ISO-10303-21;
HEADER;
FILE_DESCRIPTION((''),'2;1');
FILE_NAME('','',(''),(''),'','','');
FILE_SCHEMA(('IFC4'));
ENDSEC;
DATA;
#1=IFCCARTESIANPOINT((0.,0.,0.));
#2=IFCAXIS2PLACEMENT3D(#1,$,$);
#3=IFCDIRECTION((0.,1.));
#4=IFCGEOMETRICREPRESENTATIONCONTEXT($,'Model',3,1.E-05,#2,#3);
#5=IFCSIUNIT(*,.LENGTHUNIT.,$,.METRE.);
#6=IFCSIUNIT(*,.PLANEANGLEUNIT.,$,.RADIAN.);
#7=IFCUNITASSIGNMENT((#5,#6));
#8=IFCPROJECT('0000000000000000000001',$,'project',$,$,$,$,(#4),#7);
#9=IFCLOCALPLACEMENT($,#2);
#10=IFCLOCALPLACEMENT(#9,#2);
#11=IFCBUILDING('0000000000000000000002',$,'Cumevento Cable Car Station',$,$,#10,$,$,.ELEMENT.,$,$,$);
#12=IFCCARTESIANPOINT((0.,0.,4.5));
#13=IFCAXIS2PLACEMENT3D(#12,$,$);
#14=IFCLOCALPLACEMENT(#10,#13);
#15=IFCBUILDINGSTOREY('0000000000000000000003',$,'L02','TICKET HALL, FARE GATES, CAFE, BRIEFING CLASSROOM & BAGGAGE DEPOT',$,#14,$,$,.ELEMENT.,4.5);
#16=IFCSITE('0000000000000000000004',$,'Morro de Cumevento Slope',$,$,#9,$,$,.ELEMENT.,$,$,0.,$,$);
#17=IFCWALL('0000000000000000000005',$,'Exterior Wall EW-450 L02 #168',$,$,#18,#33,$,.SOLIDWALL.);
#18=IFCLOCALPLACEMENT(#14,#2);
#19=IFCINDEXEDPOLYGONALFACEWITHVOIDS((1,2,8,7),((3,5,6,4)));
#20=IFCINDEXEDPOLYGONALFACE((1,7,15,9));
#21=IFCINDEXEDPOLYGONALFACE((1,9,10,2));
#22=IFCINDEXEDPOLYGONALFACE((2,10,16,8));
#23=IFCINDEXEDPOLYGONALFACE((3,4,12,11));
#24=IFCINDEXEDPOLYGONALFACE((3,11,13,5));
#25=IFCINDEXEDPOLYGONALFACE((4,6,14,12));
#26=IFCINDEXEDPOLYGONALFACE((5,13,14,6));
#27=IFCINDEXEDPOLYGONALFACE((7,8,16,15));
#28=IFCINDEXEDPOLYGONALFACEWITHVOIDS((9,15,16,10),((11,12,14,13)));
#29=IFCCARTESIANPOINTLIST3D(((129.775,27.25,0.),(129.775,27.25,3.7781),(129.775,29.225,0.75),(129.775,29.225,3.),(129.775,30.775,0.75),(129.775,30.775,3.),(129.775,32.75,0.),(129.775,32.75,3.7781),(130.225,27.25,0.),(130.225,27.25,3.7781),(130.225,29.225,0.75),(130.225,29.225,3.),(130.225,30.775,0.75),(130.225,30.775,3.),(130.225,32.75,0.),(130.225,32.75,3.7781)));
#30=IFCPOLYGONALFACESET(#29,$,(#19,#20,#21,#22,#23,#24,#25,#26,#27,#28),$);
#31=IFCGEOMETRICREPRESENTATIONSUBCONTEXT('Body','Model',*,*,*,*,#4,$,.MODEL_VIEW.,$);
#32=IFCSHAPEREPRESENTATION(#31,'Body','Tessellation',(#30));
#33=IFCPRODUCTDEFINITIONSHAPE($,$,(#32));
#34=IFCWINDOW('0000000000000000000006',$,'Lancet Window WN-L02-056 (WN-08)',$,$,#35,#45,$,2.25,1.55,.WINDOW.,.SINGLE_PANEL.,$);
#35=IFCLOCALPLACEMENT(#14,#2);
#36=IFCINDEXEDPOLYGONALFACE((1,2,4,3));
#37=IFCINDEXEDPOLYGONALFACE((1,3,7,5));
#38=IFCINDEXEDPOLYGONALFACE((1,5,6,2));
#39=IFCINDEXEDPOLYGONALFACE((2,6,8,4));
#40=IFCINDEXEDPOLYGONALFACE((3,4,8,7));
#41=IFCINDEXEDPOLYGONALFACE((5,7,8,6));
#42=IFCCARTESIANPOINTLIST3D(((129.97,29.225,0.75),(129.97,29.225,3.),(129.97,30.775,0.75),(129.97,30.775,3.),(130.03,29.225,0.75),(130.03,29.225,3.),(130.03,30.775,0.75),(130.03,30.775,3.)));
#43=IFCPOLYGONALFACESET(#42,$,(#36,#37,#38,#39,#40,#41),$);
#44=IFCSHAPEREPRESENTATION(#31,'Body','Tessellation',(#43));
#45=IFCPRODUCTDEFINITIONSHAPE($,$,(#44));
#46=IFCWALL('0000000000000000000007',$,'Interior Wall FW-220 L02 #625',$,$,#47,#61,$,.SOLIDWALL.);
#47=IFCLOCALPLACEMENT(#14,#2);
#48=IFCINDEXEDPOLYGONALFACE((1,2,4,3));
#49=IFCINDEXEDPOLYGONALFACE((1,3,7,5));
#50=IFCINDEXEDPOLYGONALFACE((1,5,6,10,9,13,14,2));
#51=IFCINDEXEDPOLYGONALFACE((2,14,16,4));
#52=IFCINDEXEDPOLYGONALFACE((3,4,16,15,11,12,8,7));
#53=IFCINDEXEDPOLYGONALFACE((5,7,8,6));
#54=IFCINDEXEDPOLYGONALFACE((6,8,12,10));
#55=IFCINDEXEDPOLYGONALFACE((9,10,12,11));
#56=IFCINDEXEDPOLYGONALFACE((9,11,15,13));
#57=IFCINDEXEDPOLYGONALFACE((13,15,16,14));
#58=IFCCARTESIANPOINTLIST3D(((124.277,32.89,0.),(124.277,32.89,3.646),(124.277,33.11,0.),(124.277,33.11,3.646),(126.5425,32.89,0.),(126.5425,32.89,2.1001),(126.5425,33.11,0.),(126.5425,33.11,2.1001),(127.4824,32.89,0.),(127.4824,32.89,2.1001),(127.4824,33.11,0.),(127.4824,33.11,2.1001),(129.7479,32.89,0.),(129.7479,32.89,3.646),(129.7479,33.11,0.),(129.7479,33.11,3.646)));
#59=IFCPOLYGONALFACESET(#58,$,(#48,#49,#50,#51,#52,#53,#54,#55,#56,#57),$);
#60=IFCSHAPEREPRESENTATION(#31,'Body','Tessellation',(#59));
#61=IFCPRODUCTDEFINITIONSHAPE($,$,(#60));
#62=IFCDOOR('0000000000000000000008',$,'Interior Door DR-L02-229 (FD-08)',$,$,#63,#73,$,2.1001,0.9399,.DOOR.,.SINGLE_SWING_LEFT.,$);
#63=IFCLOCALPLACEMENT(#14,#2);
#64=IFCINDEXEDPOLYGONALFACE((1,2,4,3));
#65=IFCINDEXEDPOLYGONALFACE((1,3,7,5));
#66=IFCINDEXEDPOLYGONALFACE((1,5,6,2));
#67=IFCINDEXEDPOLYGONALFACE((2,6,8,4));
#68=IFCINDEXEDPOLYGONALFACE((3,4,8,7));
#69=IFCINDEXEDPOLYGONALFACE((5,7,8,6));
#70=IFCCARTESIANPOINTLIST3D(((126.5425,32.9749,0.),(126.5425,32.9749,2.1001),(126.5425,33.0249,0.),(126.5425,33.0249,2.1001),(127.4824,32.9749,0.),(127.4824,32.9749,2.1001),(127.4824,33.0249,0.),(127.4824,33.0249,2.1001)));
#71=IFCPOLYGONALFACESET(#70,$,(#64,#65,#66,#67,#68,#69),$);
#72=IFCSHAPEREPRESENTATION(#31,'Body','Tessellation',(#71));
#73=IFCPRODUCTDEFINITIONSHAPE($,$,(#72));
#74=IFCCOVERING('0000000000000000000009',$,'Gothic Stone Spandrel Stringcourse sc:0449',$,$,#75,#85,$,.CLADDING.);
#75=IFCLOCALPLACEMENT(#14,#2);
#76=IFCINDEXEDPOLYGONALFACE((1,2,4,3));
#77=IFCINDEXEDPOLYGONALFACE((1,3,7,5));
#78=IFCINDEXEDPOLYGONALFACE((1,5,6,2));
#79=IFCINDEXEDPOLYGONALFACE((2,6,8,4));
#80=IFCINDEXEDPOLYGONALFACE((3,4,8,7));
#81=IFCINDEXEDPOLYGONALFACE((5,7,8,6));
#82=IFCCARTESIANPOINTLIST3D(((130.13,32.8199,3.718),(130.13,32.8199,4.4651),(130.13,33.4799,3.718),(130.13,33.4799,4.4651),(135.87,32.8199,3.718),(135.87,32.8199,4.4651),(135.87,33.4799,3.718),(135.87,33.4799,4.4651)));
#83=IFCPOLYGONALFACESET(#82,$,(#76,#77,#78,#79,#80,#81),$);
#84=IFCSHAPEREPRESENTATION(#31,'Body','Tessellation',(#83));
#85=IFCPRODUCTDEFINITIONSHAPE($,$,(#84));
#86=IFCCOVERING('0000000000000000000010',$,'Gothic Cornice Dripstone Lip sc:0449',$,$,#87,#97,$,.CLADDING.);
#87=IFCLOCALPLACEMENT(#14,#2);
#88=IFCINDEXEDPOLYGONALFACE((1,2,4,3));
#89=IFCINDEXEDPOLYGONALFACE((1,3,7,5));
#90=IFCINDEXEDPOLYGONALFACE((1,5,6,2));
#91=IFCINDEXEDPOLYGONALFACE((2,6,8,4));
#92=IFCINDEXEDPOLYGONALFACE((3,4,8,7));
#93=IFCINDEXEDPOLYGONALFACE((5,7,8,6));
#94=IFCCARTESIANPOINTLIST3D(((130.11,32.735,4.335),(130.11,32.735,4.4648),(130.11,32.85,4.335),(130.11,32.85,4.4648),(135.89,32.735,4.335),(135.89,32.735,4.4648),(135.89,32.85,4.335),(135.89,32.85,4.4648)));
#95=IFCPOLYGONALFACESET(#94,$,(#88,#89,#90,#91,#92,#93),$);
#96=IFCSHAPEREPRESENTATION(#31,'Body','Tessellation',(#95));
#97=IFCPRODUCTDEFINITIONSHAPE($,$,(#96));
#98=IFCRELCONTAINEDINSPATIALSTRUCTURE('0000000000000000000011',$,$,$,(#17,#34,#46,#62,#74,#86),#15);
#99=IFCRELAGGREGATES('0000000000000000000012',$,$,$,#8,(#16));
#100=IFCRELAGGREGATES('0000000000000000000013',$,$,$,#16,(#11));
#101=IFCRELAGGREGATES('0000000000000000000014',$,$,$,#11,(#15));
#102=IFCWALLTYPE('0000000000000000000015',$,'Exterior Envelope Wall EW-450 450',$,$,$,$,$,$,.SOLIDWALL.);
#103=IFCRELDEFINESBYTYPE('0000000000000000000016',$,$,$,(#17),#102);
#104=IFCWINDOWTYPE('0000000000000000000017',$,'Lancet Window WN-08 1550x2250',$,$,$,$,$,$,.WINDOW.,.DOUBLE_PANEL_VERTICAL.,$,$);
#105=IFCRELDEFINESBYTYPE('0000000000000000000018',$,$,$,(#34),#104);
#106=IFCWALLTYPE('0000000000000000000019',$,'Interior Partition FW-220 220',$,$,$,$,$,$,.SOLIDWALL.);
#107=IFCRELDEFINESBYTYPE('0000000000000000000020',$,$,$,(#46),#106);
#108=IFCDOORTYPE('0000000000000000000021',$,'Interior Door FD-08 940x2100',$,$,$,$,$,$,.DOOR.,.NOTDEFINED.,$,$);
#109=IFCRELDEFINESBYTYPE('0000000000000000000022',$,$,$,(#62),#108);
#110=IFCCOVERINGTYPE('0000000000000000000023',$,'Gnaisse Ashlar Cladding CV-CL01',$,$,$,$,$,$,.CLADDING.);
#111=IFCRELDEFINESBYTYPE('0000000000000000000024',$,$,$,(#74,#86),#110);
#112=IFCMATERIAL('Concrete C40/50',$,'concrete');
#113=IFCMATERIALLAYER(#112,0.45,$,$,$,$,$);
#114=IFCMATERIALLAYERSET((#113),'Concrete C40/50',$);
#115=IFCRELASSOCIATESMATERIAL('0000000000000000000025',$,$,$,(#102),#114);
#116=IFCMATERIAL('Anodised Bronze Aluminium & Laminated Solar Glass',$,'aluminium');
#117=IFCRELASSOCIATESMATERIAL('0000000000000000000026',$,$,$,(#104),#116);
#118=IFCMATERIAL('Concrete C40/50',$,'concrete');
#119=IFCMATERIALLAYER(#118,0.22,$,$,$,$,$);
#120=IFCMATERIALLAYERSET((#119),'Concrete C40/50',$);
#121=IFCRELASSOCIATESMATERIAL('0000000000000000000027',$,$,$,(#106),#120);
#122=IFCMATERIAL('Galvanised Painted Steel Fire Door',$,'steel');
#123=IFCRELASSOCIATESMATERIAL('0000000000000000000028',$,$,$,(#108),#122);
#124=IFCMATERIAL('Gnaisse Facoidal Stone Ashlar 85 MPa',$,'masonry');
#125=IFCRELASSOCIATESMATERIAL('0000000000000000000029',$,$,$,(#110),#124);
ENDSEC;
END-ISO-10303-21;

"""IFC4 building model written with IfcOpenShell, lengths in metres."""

from ifc_helpers import new_model, si_unit, direction, frame, frame_2d, origin, origin_2d, place, context, subcontext, project, spatial, rectangle, extrude, material, layer, layer_set, type_object, element, fill, save


model = new_model("IFC4")

# Units and contexts
model_context = context("Model", 3, precision=1e-05, world=origin(), true_north=direction((0.0, 1.0)))
body_context = subcontext(model_context, "Body", "Model", "MODEL_VIEW")
ifc_project = project(units=[si_unit("LENGTHUNIT", "METRE"), si_unit("PLANEANGLEUNIT", "RADIAN")], contexts=[model_context])

# Site, building, storey
site_placement = place(None, origin())
site = spatial("IfcSite", under=ifc_project, at=site_placement, Name="Morro de Cumevento Slope", CompositionType="ELEMENT", RefElevation=0.0)
building_placement = place(site_placement, origin())
building = spatial("IfcBuilding", under=site, at=building_placement, Name="Cumevento Cable Car Station", CompositionType="ELEMENT")
storey_placement = place(building_placement, frame((0.0, 0.0, 4.5)))
storey = spatial("IfcBuildingStorey", under=building, at=storey_placement, Name="L02", Description="TICKET HALL, FARE GATES, CAFE, BRIEFING CLASSROOM & BAGGAGE DEPOT", CompositionType="ELEMENT", Elevation=4.5)

# Wall, opening, window
ifc_material_1 = material(Name="Concrete C40/50", Category="concrete")
ifc_layer_1 = layer(ifc_material_1, 0.45)
ifc_layer_set_1 = layer_set([ifc_layer_1], Name="Concrete C40/50")
wall_type_1 = type_object("IfcWallType", Name="Exterior Envelope Wall EW-450 450", PredefinedType="SOLIDWALL", material=ifc_layer_set_1)
wall_1_placement = place(storey_placement, frame((130.0, 32.75, 0.0), z_axis=(0.0, 0.0, 1.0), x_axis=(0.0, -1.0, 0.0)))
wall_1 = element("IfcWall", 1, at=wall_1_placement, inside=storey, type_object=wall_type_1, Name="Exterior Wall EW-450 L02 #168", PredefinedType="SOLIDWALL", context=body_context, shape_type="SweptSolid", body=[
    extrude(rectangle(XDim=5.5, YDim=0.45, at=frame_2d((2.75, 0.0))), origin(), (0.0, 0.0, 1.0), 3.7781),
])
opening_1_placement = place(wall_1_placement, frame((1.9751, 0.0, 0.75)))
opening_1 = element("IfcOpeningElement", 2, at=opening_1_placement, cuts=wall_1, PredefinedType="OPENING", context=body_context, shape_type="SweptSolid", body=[
    extrude(rectangle(XDim=1.55, YDim=2.25, at=frame_2d((0.7749, 1.125))), frame((0.0, 0.2351, 0.0), z_axis=(0.0, -1.0, 0.0), x_axis=(1.0, 0.0, 0.0)), (0.0, 0.0, 1.0), 0.47),
])
ifc_material_2 = material(Name="Anodised Bronze Aluminium & Laminated Solar Glass", Category="aluminium")
window_type = type_object("IfcWindowType", Name="Lancet Window WN-08 1550x2250", PartitioningType="DOUBLE_PANEL_VERTICAL", PredefinedType="WINDOW", material=ifc_material_2)
window_placement = place(opening_1_placement, origin())
window = element("IfcWindow", 3, at=window_placement, inside=storey, type_object=window_type, Name="Lancet Window WN-L02-056 (WN-08)", OverallHeight=2.25, OverallWidth=1.55, PartitioningType="SINGLE_PANEL", PredefinedType="WINDOW", context=body_context, shape_type="SweptSolid", body=[
    extrude(rectangle(XDim=1.55, YDim=2.25, at=frame_2d((0.7749, 1.125))), frame((0.0, 0.03, 0.0), z_axis=(0.0, -1.0, 0.0), x_axis=(1.0, 0.0, 0.0)), (0.0, 0.0, 1.0), 0.0601),
])
fill(opening_1, window)

# Wall, opening, door
ifc_material_3 = material(Name="Concrete C40/50", Category="concrete")
ifc_layer_2 = layer(ifc_material_3, 0.22)
ifc_layer_set_2 = layer_set([ifc_layer_2], Name="Concrete C40/50")
wall_type_2 = type_object("IfcWallType", Name="Interior Partition FW-220 220", PredefinedType="SOLIDWALL", material=ifc_layer_set_2)
wall_2_placement = place(storey_placement, frame((124.2771, 33.0, 0.0), z_axis=(0.0, 0.0, 1.0), x_axis=(1.0, 0.0, 0.0)))
wall_2 = element("IfcWall", 4, at=wall_2_placement, inside=storey, type_object=wall_type_2, Name="Interior Wall FW-220 L02 #625", PredefinedType="SOLIDWALL", context=body_context, shape_type="SweptSolid", body=[
    extrude(rectangle(XDim=5.4709, YDim=0.22, at=frame_2d((2.7354, 0.0))), origin(), (0.0, 0.0, 1.0), 3.646),
])
opening_2_placement = place(wall_2_placement, frame((2.2654, 0.0, 0.0)))
opening_2 = element("IfcOpeningElement", 5, at=opening_2_placement, cuts=wall_2, PredefinedType="OPENING", context=body_context, shape_type="SweptSolid", body=[
    extrude(rectangle(XDim=0.9399, YDim=2.1001, at=frame_2d((0.47, 1.05))), frame((0.0, 0.1199, 0.0), z_axis=(0.0, -1.0, 0.0), x_axis=(1.0, 0.0, 0.0)), (0.0, 0.0, 1.0), 0.24),
])
ifc_material_4 = material(Name="Galvanised Painted Steel Fire Door", Category="steel")
door_type = type_object("IfcDoorType", Name="Interior Door FD-08 940x2100", OperationType="NOTDEFINED", PredefinedType="DOOR", material=ifc_material_4)
door_placement = place(opening_2_placement, origin())
door = element("IfcDoor", 6, at=door_placement, inside=storey, type_object=door_type, Name="Interior Door DR-L02-229 (FD-08)", OperationType="SINGLE_SWING_LEFT", OverallHeight=2.1001, OverallWidth=0.9399, PredefinedType="DOOR", context=body_context, shape_type="SweptSolid", body=[
    extrude(rectangle(XDim=0.9399, YDim=2.1001, at=frame_2d((0.47, 1.05))), frame((0.0, 0.0249, 0.0), z_axis=(0.0, -1.0, 0.0), x_axis=(1.0, 0.0, 0.0)), (0.0, 0.0, 1.0), 0.05),
])
fill(opening_2, door)

# Coverings
ifc_material_5 = material(Name="Gnaisse Facoidal Stone Ashlar 85 MPa", Category="masonry")
covering_type = type_object("IfcCoveringType", Name="Gnaisse Ashlar Cladding CV-CL01", PredefinedType="CLADDING", material=ifc_material_5)
covering_1_placement = place(storey_placement, frame((133.0, 33.1499, 3.718), z_axis=(0.0, 0.0, 1.0), x_axis=(-1.0, 0.0, 0.0)))
element("IfcCovering", 7, at=covering_1_placement, inside=storey, type_object=covering_type, Name="Gothic Stone Spandrel Stringcourse sc:0449", PredefinedType="CLADDING", context=body_context, shape_type="SweptSolid", body=[
    extrude(rectangle(XDim=5.74, YDim=0.6599, at=origin_2d()), origin(), (0.0, 0.0, 1.0), 0.7471),
])
covering_2_placement = place(storey_placement, frame((133.0, 32.7925, 4.335), z_axis=(0.0, 0.0, 1.0), x_axis=(-1.0, 0.0, 0.0)))
element("IfcCovering", 8, at=covering_2_placement, inside=storey, type_object=covering_type, Name="Gothic Cornice Dripstone Lip sc:0449", PredefinedType="CLADDING", context=body_context, shape_type="SweptSolid", body=[
    extrude(rectangle(XDim=5.78, YDim=0.115, at=origin_2d()), origin(), (0.0, 0.0, 1.0), 0.1299),
])

save(model, "model.ifc")
